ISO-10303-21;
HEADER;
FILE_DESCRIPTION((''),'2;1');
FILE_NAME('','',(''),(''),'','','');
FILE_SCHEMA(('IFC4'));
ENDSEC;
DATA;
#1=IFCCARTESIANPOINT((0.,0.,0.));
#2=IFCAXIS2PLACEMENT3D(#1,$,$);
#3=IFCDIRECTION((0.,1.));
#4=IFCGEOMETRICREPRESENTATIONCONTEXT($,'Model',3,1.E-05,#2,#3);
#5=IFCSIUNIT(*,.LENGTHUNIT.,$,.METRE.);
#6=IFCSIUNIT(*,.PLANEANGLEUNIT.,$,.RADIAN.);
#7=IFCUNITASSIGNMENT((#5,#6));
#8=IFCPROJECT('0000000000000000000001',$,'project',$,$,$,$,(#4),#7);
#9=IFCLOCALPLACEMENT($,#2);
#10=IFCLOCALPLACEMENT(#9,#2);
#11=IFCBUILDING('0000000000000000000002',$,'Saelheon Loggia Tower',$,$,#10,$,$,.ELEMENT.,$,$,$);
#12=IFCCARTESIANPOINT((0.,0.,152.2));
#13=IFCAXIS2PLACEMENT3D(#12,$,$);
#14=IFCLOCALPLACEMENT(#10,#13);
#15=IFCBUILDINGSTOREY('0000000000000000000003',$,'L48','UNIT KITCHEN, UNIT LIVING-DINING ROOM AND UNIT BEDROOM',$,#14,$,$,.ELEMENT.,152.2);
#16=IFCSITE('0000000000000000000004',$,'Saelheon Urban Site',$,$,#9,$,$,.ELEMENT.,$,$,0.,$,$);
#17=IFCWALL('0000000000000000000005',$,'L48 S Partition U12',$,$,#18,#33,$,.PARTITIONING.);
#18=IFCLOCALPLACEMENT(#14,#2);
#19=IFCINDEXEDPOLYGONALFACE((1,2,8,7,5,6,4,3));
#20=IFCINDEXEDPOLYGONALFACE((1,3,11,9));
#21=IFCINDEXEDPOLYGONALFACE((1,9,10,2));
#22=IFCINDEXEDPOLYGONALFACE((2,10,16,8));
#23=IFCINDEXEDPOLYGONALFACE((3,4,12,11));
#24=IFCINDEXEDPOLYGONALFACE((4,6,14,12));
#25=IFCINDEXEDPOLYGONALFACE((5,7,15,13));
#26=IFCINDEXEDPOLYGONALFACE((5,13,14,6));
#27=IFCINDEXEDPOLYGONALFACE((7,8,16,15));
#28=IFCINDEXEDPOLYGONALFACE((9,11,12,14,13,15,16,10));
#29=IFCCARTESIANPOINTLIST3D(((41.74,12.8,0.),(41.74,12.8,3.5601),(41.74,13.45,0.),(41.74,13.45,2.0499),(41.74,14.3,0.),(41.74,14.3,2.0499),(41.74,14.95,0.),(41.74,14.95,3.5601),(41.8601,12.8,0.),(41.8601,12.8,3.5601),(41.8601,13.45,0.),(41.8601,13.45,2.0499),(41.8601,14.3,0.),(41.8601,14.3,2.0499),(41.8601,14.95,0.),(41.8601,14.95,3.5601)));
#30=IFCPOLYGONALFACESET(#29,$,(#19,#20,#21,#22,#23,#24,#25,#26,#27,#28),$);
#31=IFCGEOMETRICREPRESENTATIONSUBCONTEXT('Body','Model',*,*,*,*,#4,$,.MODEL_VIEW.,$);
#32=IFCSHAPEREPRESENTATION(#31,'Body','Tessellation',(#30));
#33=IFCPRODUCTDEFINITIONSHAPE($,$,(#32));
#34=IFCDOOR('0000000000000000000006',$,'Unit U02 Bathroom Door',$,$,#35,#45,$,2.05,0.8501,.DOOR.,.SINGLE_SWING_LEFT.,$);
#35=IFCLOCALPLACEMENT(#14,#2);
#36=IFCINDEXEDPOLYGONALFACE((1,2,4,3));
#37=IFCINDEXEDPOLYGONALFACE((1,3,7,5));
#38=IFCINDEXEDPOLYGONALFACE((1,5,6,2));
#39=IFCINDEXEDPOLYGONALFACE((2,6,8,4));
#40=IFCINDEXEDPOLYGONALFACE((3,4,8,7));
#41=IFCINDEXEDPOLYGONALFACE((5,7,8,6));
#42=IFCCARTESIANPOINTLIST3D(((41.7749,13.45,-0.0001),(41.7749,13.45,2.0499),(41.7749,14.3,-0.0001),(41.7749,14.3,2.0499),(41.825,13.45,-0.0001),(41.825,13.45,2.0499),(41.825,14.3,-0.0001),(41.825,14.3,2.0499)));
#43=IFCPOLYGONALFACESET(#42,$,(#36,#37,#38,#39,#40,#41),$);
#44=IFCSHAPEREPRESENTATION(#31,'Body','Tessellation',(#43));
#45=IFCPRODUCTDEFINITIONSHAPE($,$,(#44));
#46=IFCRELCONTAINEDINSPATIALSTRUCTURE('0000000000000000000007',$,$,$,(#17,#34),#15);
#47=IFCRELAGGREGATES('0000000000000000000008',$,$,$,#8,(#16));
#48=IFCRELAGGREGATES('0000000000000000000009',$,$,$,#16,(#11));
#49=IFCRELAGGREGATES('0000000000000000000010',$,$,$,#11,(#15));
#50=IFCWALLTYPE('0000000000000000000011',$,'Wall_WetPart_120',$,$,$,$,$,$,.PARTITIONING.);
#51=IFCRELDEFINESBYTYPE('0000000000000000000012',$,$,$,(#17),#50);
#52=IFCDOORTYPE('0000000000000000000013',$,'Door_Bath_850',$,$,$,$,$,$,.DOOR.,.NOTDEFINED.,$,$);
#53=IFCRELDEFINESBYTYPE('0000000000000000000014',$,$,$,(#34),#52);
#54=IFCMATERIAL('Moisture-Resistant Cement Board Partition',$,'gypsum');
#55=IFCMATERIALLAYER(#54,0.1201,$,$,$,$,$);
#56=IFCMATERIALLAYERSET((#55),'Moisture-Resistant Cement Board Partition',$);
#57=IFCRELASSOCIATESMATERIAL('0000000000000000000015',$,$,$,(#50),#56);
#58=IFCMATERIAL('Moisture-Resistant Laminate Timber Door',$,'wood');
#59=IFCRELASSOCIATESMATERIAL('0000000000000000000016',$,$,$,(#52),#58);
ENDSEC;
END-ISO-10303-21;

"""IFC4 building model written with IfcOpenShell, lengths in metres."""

from ifc_helpers import new_model, si_unit, direction, frame, frame_2d, origin, place, context, subcontext, project, spatial, rectangle, extrude, source, transform, mapped, material, layer, layer_set, type_object, element, fill, save


model = new_model("IFC4")

# Units and contexts
model_context = context("Model", 3, precision=1e-05, world=origin(), true_north=direction((0.0, 1.0)))
body_context = subcontext(model_context, "Body", "Model", "MODEL_VIEW")
ifc_project = project(units=[si_unit("LENGTHUNIT", "METRE"), si_unit("PLANEANGLEUNIT", "RADIAN")], contexts=[model_context])

# Site, building, storey
site_placement = place(None, origin())
site = spatial("IfcSite", under=ifc_project, at=site_placement, Name="Saelheon Urban Site", CompositionType="ELEMENT", RefElevation=0.0)
building_placement = place(site_placement, origin())
building = spatial("IfcBuilding", under=site, at=building_placement, Name="Saelheon Loggia Tower", CompositionType="ELEMENT")
storey_placement = place(building_placement, frame((0.0, 0.0, 152.2)))
storey = spatial("IfcBuildingStorey", under=building, at=storey_placement, Name="L48", Description="UNIT KITCHEN, UNIT LIVING-DINING ROOM AND UNIT BEDROOM", CompositionType="ELEMENT", Elevation=152.2)

# Wall, opening, door
ifc_material_1 = material(Name="Moisture-Resistant Cement Board Partition", Category="gypsum")
ifc_layer_1 = layer(ifc_material_1, 0.1201)
ifc_layer_set_1 = layer_set([ifc_layer_1], Name="Moisture-Resistant Cement Board Partition")
wall_type_1 = type_object("IfcWallType", Name="Wall_WetPart_120", PredefinedType="PARTITIONING", material=ifc_layer_set_1)
wall_1_placement = place(storey_placement, frame((41.8, 14.95, 0.0), z_axis=(0.0, 0.0, 1.0), x_axis=(0.0, -1.0, 0.0)))
wall_1 = element("IfcWall", 1, at=wall_1_placement, inside=storey, type_object=wall_type_1, Name="L48 S Partition U12", PredefinedType="PARTITIONING", context=body_context, shape_type="SweptSolid", body=[
    extrude(rectangle(XDim=2.1499, YDim=0.1201, at=frame_2d((1.075, 0.0))), origin(), (0.0, 0.0, 1.0), 3.5601),
])
opening_1_placement = place(wall_1_placement, frame((0.6499, 0.0, 0.0)))
opening_1 = element("IfcOpeningElement", 2, at=opening_1_placement, cuts=wall_1, PredefinedType="OPENING", context=body_context, shape_type="SweptSolid", body=[
    extrude(rectangle(XDim=0.8501, YDim=2.05, at=frame_2d((0.425, 1.0249))), frame((0.0, 0.072, 0.0), z_axis=(0.0, -1.0, 0.0), x_axis=(1.0, 0.0, 0.0)), (0.0, 0.0, 1.0), 0.144),
])
ifc_material_2 = material(Name="Moisture-Resistant Laminate Timber Door", Category="wood")
door_type_1 = type_object("IfcDoorType", Name="Door_Bath_850", OperationType="NOTDEFINED", PredefinedType="DOOR", material=ifc_material_2)
shared_shape_1 = source(origin(), body_context, "Body", "SweptSolid", [
    extrude(rectangle(XDim=0.8501, YDim=2.05, at=frame_2d((0.425, 1.0249))), frame((0.0, 0.0249, 0.0), z_axis=(0.0, -1.0, 0.0), x_axis=(1.0, 0.0, 0.0)), (0.0, 0.0, 1.0), 0.05),
])
door_1_placement = place(opening_1_placement, origin())
door_1 = element("IfcDoor", 3, at=door_1_placement, inside=storey, type_object=door_type_1, Name="Unit U02 Bathroom Door", OperationType="SINGLE_SWING_LEFT", OverallHeight=2.05, OverallWidth=0.8501, PredefinedType="DOOR", context=body_context, shape_type="MappedRepresentation", body=[
    mapped(shared_shape_1, transform((0.0, 0.0, 0.0), scale=1.0)),
])
fill(opening_1, door_1)

save(model, "model.ifc")
